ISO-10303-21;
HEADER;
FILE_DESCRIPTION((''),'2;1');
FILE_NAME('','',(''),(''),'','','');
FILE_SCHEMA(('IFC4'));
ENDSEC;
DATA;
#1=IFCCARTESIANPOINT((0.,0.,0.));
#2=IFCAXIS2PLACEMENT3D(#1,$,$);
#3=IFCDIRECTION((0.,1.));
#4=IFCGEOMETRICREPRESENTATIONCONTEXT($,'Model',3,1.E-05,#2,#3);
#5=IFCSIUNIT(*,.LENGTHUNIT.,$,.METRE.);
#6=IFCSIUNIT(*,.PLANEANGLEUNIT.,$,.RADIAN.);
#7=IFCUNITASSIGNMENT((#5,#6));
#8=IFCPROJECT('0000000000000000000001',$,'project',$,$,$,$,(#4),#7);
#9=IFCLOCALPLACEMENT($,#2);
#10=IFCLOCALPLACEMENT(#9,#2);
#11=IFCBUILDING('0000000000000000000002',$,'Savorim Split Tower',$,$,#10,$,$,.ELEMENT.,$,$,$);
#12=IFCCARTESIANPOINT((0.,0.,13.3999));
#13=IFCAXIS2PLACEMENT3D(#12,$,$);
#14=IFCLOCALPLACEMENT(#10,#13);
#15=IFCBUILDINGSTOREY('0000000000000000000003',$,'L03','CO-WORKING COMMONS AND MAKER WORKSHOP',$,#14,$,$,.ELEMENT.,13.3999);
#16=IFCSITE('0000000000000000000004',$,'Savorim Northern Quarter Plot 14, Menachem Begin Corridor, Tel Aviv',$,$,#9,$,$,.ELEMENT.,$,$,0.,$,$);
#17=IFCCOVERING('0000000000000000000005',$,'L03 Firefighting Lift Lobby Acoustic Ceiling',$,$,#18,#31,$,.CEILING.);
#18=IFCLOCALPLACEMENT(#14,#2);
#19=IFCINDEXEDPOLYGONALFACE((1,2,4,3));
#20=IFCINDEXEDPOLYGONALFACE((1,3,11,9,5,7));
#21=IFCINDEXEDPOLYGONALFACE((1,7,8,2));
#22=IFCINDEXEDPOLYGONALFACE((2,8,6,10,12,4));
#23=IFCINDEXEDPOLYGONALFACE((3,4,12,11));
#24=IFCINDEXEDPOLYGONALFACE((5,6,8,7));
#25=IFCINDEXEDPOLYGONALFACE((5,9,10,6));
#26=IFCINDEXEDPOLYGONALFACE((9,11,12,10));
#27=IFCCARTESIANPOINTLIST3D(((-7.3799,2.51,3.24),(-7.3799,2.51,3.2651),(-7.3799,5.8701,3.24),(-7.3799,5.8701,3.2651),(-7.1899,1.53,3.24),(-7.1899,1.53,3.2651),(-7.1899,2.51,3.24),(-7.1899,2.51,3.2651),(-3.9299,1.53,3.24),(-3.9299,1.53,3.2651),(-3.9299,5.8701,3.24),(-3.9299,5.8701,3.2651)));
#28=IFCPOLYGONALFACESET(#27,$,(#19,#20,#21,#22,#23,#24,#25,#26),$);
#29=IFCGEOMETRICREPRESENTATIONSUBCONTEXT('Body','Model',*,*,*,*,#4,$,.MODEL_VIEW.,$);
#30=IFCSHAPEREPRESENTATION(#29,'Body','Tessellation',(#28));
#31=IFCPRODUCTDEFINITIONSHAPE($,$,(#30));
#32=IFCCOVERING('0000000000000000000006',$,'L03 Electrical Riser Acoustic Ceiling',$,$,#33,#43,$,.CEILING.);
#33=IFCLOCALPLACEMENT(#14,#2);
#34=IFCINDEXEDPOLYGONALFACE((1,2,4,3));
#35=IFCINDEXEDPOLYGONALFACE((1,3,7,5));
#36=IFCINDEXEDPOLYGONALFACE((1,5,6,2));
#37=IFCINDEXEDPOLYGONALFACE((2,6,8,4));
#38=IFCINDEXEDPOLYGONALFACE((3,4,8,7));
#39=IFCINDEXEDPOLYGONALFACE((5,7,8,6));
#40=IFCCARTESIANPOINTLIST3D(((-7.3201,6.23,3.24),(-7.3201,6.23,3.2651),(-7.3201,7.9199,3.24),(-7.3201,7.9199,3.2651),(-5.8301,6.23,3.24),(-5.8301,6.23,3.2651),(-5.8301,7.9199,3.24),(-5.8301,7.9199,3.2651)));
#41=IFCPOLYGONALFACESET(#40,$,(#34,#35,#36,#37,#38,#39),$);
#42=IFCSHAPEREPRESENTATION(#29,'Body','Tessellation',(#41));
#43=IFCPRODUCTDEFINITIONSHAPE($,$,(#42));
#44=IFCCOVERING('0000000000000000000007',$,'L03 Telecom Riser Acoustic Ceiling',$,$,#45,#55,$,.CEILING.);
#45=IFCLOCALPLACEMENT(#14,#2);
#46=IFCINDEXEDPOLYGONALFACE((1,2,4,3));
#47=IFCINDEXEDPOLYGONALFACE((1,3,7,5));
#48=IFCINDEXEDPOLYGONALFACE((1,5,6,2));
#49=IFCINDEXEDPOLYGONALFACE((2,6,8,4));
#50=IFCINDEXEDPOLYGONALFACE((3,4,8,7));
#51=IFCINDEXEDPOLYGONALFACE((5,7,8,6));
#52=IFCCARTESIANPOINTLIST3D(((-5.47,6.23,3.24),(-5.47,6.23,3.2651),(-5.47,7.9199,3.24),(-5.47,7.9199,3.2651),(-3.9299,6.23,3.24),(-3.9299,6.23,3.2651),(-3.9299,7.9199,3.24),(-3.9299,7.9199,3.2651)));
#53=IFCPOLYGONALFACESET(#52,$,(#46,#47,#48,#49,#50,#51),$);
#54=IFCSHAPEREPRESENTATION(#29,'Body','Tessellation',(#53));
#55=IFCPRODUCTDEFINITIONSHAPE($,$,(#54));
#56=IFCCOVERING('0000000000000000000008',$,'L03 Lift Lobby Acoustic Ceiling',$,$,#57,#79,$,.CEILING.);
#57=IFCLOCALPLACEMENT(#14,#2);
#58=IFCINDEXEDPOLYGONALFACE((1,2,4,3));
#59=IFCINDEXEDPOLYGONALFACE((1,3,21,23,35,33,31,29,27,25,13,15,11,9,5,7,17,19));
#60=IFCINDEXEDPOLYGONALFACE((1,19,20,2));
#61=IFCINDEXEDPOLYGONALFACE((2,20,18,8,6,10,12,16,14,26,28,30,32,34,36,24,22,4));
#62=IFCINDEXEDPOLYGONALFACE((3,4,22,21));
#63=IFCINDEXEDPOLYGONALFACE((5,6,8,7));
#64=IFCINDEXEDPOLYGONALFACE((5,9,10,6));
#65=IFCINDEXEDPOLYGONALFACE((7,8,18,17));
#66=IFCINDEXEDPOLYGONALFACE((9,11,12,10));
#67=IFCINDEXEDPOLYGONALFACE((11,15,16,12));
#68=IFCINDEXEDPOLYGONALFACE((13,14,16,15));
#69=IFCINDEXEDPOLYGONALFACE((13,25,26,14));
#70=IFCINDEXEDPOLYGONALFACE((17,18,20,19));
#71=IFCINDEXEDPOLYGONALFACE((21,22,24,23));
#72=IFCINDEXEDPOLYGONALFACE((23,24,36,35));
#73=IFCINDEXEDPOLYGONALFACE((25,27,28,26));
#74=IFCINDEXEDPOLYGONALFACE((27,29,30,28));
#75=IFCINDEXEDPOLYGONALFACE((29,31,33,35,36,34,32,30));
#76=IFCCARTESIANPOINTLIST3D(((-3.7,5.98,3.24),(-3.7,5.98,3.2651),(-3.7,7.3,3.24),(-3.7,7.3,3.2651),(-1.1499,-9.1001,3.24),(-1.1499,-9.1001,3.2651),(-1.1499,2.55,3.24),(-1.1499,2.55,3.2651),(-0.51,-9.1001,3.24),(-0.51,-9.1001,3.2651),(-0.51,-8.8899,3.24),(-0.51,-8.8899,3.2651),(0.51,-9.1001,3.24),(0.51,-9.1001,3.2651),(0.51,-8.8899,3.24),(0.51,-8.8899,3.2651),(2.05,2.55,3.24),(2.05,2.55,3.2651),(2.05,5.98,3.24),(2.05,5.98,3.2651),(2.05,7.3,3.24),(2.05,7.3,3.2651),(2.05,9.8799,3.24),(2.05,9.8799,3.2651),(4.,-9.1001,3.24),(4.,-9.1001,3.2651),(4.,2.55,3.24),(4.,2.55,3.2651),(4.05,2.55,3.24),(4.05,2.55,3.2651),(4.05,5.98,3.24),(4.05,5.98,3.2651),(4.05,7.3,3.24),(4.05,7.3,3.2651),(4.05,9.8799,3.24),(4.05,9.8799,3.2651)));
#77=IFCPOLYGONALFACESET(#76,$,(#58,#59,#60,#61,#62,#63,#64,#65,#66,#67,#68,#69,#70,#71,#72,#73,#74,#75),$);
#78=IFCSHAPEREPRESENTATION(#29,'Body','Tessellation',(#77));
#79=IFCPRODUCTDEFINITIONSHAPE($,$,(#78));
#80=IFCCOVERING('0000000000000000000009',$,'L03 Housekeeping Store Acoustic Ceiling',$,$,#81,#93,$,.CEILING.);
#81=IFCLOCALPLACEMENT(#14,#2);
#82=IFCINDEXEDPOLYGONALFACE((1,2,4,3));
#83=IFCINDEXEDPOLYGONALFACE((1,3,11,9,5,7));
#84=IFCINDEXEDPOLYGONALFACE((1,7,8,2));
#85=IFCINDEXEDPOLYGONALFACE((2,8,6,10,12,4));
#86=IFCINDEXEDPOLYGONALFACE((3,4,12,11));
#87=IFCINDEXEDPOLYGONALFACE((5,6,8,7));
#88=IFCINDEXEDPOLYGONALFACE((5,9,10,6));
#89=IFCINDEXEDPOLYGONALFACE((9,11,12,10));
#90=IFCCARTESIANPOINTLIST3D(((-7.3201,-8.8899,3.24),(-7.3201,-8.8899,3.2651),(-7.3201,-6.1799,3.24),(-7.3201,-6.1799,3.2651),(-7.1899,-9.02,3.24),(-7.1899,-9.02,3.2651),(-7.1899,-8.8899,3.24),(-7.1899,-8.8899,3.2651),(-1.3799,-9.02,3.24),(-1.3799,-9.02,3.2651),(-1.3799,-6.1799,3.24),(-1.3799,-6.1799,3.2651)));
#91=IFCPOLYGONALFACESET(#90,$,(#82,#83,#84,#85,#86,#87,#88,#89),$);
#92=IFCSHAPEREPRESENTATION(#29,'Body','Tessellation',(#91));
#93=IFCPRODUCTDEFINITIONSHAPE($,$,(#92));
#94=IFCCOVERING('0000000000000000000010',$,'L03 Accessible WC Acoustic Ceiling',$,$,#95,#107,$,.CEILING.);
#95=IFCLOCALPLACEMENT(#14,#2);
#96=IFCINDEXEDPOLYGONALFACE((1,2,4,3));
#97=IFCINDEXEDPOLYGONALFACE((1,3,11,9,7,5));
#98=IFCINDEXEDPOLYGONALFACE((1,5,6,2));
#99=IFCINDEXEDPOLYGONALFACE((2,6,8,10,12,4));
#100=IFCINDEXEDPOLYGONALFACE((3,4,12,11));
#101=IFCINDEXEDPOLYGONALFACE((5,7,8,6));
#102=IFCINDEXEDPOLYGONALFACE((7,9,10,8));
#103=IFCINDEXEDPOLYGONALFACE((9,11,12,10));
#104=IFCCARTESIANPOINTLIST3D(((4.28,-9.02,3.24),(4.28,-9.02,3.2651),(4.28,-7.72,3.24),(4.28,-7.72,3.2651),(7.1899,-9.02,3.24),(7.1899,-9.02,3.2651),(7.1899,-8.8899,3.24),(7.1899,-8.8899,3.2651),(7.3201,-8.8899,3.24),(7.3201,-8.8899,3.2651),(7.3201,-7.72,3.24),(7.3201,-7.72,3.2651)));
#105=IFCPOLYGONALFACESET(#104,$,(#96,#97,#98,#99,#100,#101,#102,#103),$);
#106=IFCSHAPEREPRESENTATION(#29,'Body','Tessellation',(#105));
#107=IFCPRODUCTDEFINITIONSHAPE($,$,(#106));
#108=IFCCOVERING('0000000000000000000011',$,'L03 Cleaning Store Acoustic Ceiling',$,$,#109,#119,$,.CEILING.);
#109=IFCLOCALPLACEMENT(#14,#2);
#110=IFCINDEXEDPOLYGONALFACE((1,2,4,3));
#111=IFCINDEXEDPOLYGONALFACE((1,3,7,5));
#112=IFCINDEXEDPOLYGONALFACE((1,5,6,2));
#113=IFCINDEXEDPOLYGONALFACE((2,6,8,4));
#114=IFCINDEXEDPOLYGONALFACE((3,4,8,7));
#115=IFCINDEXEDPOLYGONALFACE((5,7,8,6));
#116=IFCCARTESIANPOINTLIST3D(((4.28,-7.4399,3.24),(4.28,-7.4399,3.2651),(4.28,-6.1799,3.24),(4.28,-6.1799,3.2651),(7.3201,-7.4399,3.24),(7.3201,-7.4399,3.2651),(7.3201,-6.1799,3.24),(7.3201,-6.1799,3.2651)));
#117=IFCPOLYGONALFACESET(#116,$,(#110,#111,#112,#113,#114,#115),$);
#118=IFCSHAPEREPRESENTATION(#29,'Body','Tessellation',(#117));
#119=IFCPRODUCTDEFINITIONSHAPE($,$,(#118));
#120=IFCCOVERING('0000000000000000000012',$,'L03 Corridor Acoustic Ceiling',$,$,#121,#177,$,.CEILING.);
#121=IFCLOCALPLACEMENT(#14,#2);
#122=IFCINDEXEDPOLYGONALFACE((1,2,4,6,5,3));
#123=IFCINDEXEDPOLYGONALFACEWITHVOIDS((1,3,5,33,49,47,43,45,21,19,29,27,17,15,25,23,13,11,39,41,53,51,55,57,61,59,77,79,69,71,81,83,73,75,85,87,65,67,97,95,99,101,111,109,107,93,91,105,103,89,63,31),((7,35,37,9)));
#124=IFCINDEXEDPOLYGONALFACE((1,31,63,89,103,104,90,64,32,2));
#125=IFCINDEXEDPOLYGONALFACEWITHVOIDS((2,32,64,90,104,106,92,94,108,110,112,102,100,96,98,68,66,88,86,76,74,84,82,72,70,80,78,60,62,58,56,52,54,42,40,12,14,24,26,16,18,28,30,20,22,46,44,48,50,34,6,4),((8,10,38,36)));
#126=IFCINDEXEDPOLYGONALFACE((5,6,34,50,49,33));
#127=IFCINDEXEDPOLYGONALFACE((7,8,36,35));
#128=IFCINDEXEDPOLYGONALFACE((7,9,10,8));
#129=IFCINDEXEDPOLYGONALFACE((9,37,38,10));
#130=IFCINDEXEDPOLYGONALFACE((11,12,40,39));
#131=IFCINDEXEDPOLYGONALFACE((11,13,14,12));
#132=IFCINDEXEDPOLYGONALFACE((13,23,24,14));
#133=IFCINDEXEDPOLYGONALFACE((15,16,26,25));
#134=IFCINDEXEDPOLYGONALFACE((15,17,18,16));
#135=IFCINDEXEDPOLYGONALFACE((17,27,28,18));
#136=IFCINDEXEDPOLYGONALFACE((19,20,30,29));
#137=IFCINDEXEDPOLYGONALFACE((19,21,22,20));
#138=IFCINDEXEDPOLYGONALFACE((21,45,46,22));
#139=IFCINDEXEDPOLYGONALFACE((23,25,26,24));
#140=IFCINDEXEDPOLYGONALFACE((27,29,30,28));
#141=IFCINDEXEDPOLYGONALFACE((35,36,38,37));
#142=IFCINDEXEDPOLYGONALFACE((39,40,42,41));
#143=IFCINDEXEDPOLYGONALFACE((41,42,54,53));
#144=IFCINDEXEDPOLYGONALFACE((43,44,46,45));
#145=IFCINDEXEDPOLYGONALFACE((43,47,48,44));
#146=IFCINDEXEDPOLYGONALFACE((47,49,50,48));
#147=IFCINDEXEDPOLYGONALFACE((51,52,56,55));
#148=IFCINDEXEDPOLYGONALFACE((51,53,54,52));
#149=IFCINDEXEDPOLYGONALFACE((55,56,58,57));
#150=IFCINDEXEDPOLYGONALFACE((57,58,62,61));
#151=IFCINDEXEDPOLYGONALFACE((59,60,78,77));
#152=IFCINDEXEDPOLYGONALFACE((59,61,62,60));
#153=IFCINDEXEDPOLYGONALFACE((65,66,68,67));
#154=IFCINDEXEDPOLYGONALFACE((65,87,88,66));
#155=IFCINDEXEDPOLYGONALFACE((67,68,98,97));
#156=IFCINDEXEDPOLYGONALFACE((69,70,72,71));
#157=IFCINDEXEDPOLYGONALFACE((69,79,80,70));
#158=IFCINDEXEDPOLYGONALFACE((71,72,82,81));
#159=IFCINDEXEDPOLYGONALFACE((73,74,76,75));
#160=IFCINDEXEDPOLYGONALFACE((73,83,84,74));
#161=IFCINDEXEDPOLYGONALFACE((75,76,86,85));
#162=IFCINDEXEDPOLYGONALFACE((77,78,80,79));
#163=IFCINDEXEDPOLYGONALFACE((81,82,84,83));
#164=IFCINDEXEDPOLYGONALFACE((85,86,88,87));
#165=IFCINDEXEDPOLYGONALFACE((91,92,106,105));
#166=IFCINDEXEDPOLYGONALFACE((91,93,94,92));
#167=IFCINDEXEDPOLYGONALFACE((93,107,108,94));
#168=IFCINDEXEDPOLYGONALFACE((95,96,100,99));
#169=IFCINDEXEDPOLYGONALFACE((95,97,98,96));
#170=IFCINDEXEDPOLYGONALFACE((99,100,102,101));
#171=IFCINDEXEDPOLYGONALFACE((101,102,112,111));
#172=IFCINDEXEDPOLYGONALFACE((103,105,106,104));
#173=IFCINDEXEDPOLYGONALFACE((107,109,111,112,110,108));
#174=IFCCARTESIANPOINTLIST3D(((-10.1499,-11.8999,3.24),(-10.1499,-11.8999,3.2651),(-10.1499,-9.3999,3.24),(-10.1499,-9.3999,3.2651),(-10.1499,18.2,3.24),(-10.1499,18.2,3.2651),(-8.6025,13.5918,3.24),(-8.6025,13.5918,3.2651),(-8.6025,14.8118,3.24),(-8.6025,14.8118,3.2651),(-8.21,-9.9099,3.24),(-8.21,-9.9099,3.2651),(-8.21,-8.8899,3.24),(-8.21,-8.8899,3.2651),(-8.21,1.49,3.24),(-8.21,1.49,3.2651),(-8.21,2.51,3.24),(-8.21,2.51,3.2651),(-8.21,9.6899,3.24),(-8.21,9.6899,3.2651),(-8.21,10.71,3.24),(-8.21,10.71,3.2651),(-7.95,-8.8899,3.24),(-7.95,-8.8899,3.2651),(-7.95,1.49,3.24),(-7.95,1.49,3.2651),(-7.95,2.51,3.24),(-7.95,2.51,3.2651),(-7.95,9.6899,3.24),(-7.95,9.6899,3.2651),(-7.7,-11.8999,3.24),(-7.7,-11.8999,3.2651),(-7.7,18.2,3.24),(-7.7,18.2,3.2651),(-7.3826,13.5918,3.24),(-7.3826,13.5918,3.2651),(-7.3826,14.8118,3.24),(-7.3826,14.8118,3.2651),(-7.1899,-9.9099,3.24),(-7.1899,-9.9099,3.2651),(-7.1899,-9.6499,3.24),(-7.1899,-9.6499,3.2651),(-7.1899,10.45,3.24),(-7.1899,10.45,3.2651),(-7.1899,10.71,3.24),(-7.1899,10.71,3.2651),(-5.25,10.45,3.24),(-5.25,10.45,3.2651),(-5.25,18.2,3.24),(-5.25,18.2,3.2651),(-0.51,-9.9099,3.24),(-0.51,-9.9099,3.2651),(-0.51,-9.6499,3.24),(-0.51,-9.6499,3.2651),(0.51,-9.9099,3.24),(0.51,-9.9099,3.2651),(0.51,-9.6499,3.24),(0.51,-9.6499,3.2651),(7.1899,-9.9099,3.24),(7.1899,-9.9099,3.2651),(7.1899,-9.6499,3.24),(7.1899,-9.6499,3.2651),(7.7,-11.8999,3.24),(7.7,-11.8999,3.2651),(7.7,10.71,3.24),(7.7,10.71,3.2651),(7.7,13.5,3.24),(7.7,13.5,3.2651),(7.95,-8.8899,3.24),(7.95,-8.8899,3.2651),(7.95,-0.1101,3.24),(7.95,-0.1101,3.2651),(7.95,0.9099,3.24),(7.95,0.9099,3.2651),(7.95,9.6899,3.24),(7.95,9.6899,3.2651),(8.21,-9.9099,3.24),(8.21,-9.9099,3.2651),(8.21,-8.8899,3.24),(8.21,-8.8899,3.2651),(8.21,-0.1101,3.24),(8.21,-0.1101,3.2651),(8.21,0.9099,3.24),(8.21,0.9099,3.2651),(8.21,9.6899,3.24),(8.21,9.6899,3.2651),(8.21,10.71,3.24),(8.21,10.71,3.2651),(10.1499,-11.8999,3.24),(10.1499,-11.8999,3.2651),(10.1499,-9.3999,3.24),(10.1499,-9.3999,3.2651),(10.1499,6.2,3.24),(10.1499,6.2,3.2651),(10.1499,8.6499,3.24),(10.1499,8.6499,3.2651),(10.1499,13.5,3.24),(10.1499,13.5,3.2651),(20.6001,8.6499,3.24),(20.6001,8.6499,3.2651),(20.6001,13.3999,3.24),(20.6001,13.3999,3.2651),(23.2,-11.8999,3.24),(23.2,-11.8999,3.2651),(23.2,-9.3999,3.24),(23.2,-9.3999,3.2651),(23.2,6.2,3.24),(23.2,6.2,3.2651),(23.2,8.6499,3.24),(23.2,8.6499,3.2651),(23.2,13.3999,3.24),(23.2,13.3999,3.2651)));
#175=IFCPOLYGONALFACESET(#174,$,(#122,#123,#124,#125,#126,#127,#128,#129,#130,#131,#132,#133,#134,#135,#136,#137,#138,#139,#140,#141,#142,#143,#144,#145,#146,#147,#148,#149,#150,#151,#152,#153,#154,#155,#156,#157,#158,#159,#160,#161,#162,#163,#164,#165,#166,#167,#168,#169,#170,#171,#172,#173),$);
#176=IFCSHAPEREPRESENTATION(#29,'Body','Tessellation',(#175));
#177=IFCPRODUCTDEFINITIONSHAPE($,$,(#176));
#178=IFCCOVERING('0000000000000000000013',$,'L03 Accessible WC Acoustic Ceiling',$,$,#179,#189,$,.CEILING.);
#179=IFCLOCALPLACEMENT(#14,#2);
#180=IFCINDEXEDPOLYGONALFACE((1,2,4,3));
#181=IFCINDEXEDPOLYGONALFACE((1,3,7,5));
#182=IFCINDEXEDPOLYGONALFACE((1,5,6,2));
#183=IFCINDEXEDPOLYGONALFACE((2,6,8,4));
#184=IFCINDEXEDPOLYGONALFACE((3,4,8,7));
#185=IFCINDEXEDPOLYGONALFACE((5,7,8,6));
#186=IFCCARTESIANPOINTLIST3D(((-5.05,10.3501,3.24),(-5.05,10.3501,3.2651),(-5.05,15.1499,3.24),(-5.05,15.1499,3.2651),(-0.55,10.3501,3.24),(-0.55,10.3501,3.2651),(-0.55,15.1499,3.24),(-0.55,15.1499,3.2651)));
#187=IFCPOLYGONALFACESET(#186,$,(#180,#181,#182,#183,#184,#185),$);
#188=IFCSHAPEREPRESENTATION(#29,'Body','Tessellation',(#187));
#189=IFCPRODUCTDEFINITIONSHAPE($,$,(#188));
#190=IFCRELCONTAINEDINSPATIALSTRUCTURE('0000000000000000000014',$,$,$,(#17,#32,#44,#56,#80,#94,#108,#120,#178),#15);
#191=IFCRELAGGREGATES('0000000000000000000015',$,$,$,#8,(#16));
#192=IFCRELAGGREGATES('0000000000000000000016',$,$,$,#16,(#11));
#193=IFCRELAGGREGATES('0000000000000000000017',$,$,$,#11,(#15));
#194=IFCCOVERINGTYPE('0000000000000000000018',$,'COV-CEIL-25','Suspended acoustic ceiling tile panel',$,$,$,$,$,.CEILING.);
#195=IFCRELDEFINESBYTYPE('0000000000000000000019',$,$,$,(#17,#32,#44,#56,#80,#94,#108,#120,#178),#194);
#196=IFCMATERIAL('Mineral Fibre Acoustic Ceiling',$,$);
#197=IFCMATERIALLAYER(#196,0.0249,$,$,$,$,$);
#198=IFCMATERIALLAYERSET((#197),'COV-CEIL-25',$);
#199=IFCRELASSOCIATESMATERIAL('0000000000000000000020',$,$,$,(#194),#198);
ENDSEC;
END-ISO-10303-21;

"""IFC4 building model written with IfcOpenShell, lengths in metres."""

from ifc_helpers import new_model, si_unit, direction, frame, origin, place, context, subcontext, project, spatial, polyline, outline, extrude, material, layer, layer_set, type_object, element, save


model = new_model("IFC4")

# Units and contexts
model_context = context("Model", 3, precision=1e-05, world=origin(), true_north=direction((0.0, 1.0)))
body_context = subcontext(model_context, "Body", "Model", "MODEL_VIEW")
ifc_project = project(units=[si_unit("LENGTHUNIT", "METRE"), si_unit("PLANEANGLEUNIT", "RADIAN")], contexts=[model_context])

# Site, building, storey
site_placement = place(None, origin())
site = spatial("IfcSite", under=ifc_project, at=site_placement, Name="Savorim Northern Quarter Plot 14, Menachem Begin Corridor, Tel Aviv", CompositionType="ELEMENT", RefElevation=0.0)
building_placement = place(site_placement, origin())
building = spatial("IfcBuilding", under=site, at=building_placement, Name="Savorim Split Tower", CompositionType="ELEMENT")
storey_placement = place(building_placement, frame((0.0, 0.0, 13.3999)))
storey = spatial("IfcBuildingStorey", under=building, at=storey_placement, Name="L03", Description="CO-WORKING COMMONS AND MAKER WORKSHOP", CompositionType="ELEMENT", Elevation=13.3999)

# Coverings
ifc_material_1 = material(Name="Mineral Fibre Acoustic Ceiling")
ifc_layer_1 = layer(ifc_material_1, 0.0249)
ifc_layer_set_1 = layer_set([ifc_layer_1], Name="COV-CEIL-25")
covering_type_1 = type_object("IfcCoveringType", Name="COV-CEIL-25", Description="Suspended acoustic ceiling tile panel", PredefinedType="CEILING", material=ifc_layer_set_1)
covering_1_placement = place(storey_placement, frame((0.0, 0.0, 3.24)))
element("IfcCovering", 1, at=covering_1_placement, inside=storey, type_object=covering_type_1, Name="L03 Firefighting Lift Lobby Acoustic Ceiling", PredefinedType="CEILING", context=body_context, shape_type="SweptSolid", body=[
    extrude(outline(polyline([(-3.9299, 5.8701), (-7.3799, 5.8701), (-7.3799, 2.51), (-7.1899, 2.51), (-7.1899, 1.53), (-3.9299, 1.53), (-3.9299, 5.8701)])), origin(), (0.0, 0.0, 1.0), 0.0251),
])
covering_2_placement = place(storey_placement, frame((0.0, 0.0, 3.24)))
element("IfcCovering", 2, at=covering_2_placement, inside=storey, type_object=covering_type_1, Name="L03 Electrical Riser Acoustic Ceiling", PredefinedType="CEILING", context=body_context, shape_type="SweptSolid", body=[
    extrude(outline(polyline([(-7.3201, 7.9199), (-7.3201, 6.23), (-5.8301, 6.23), (-5.8301, 7.9199), (-7.3201, 7.9199)])), origin(), (0.0, 0.0, 1.0), 0.0251),
])
covering_3_placement = place(storey_placement, frame((0.0, 0.0, 3.24)))
element("IfcCovering", 3, at=covering_3_placement, inside=storey, type_object=covering_type_1, Name="L03 Telecom Riser Acoustic Ceiling", PredefinedType="CEILING", context=body_context, shape_type="SweptSolid", body=[
    extrude(outline(polyline([(-5.47, 7.9199), (-5.47, 6.23), (-3.9299, 6.23), (-3.9299, 7.9199), (-5.47, 7.9199)])), origin(), (0.0, 0.0, 1.0), 0.0251),
])
covering_4_placement = place(storey_placement, frame((0.0, 0.0, 3.24)))
element("IfcCovering", 4, at=covering_4_placement, inside=storey, type_object=covering_type_1, Name="L03 Lift Lobby Acoustic Ceiling", PredefinedType="CEILING", context=body_context, shape_type="SweptSolid", body=[
    extrude(outline(polyline([(2.05, 2.55), (-1.1499, 2.55), (-1.1499, -9.1001), (-0.51, -9.1001), (-0.51, -8.8899), (0.51, -8.8899), (0.51, -9.1001), (4.0, -9.1001), (4.0, 2.55), (4.05, 2.55), (4.05, 5.98), (4.05, 7.3), (4.05, 9.8799), (2.05, 9.8799), (2.05, 7.3), (-3.7, 7.3), (-3.7, 5.98), (2.05, 5.98), (2.05, 2.55)])), origin(), (0.0, 0.0, 1.0), 0.0251),
])
covering_5_placement = place(storey_placement, frame((0.0, 0.0, 3.24)))
element("IfcCovering", 5, at=covering_5_placement, inside=storey, type_object=covering_type_1, Name="L03 Housekeeping Store Acoustic Ceiling", PredefinedType="CEILING", context=body_context, shape_type="SweptSolid", body=[
    extrude(outline(polyline([(-1.3799, -6.1799), (-7.3201, -6.1799), (-7.3201, -8.8899), (-7.1899, -8.8899), (-7.1899, -9.02), (-1.3799, -9.02), (-1.3799, -6.1799)])), origin(), (0.0, 0.0, 1.0), 0.0251),
])
covering_6_placement = place(storey_placement, frame((0.0, 0.0, 3.24)))
element("IfcCovering", 6, at=covering_6_placement, inside=storey, type_object=covering_type_1, Name="L03 Accessible WC Acoustic Ceiling", PredefinedType="CEILING", context=body_context, shape_type="SweptSolid", body=[
    extrude(outline(polyline([(4.28, -7.72), (4.28, -9.02), (7.1899, -9.02), (7.1899, -8.8899), (7.3201, -8.8899), (7.3201, -7.72), (4.28, -7.72)])), origin(), (0.0, 0.0, 1.0), 0.0251),
])
covering_7_placement = place(storey_placement, frame((0.0, 0.0, 3.24)))
element("IfcCovering", 7, at=covering_7_placement, inside=storey, type_object=covering_type_1, Name="L03 Cleaning Store Acoustic Ceiling", PredefinedType="CEILING", context=body_context, shape_type="SweptSolid", body=[
    extrude(outline(polyline([(4.28, -6.1799), (4.28, -7.4399), (7.3201, -7.4399), (7.3201, -6.1799), (4.28, -6.1799)])), origin(), (0.0, 0.0, 1.0), 0.0251),
])
covering_8_placement = place(storey_placement, frame((0.0, 0.0, 3.24)))
element("IfcCovering", 8, at=covering_8_placement, inside=storey, type_object=covering_type_1, Name="L03 Corridor Acoustic Ceiling", PredefinedType="CEILING", context=body_context, shape_type="SweptSolid", body=[
    extrude(outline(polyline([(-7.7, 18.2), (-10.1499, 18.2), (-10.1499, -9.3999), (-10.1499, -11.8999), (-7.7, -11.8999), (7.7, -11.8999), (10.1499, -11.8999), (23.2, -11.8999), (23.2, -9.3999), (10.1499, -9.3999), (10.1499, 6.2), (23.2, 6.2), (23.2, 8.6499), (23.2, 13.3999), (20.6001, 13.3999), (20.6001, 8.6499), (10.1499, 8.6499), (10.1499, 13.5), (7.7, 13.5), (7.7, 10.71), (8.21, 10.71), (8.21, 9.6899), (7.95, 9.6899), (7.95, 0.9099), (8.21, 0.9099), (8.21, -0.1101), (7.95, -0.1101), (7.95, -8.8899), (8.21, -8.8899), (8.21, -9.9099), (7.1899, -9.9099), (7.1899, -9.6499), (0.51, -9.6499), (0.51, -9.9099), (-0.51, -9.9099), (-0.51, -9.6499), (-7.1899, -9.6499), (-7.1899, -9.9099), (-8.21, -9.9099), (-8.21, -8.8899), (-7.95, -8.8899), (-7.95, 1.49), (-8.21, 1.49), (-8.21, 2.51), (-7.95, 2.51), (-7.95, 9.6899), (-8.21, 9.6899), (-8.21, 10.71), (-7.1899, 10.71), (-7.1899, 10.45), (-5.25, 10.45), (-5.25, 18.2), (-7.7, 18.2)]), holes=[polyline([(-8.6025, 13.5918), (-7.3826, 13.5918), (-7.3826, 14.8118), (-8.6025, 14.8118), (-8.6025, 13.5918)])]), origin(), (0.0, 0.0, 1.0), 0.0251),
])
covering_9_placement = place(storey_placement, frame((0.0, 0.0, 3.24)))
element("IfcCovering", 9, at=covering_9_placement, inside=storey, type_object=covering_type_1, Name="L03 Accessible WC Acoustic Ceiling", PredefinedType="CEILING", context=body_context, shape_type="SweptSolid", body=[
    extrude(outline(polyline([(-5.05, 15.1499), (-5.05, 10.3501), (-0.55, 10.3501), (-0.55, 15.1499), (-5.05, 15.1499)])), origin(), (0.0, 0.0, 1.0), 0.0251),
])

save(model, "model.ifc")
